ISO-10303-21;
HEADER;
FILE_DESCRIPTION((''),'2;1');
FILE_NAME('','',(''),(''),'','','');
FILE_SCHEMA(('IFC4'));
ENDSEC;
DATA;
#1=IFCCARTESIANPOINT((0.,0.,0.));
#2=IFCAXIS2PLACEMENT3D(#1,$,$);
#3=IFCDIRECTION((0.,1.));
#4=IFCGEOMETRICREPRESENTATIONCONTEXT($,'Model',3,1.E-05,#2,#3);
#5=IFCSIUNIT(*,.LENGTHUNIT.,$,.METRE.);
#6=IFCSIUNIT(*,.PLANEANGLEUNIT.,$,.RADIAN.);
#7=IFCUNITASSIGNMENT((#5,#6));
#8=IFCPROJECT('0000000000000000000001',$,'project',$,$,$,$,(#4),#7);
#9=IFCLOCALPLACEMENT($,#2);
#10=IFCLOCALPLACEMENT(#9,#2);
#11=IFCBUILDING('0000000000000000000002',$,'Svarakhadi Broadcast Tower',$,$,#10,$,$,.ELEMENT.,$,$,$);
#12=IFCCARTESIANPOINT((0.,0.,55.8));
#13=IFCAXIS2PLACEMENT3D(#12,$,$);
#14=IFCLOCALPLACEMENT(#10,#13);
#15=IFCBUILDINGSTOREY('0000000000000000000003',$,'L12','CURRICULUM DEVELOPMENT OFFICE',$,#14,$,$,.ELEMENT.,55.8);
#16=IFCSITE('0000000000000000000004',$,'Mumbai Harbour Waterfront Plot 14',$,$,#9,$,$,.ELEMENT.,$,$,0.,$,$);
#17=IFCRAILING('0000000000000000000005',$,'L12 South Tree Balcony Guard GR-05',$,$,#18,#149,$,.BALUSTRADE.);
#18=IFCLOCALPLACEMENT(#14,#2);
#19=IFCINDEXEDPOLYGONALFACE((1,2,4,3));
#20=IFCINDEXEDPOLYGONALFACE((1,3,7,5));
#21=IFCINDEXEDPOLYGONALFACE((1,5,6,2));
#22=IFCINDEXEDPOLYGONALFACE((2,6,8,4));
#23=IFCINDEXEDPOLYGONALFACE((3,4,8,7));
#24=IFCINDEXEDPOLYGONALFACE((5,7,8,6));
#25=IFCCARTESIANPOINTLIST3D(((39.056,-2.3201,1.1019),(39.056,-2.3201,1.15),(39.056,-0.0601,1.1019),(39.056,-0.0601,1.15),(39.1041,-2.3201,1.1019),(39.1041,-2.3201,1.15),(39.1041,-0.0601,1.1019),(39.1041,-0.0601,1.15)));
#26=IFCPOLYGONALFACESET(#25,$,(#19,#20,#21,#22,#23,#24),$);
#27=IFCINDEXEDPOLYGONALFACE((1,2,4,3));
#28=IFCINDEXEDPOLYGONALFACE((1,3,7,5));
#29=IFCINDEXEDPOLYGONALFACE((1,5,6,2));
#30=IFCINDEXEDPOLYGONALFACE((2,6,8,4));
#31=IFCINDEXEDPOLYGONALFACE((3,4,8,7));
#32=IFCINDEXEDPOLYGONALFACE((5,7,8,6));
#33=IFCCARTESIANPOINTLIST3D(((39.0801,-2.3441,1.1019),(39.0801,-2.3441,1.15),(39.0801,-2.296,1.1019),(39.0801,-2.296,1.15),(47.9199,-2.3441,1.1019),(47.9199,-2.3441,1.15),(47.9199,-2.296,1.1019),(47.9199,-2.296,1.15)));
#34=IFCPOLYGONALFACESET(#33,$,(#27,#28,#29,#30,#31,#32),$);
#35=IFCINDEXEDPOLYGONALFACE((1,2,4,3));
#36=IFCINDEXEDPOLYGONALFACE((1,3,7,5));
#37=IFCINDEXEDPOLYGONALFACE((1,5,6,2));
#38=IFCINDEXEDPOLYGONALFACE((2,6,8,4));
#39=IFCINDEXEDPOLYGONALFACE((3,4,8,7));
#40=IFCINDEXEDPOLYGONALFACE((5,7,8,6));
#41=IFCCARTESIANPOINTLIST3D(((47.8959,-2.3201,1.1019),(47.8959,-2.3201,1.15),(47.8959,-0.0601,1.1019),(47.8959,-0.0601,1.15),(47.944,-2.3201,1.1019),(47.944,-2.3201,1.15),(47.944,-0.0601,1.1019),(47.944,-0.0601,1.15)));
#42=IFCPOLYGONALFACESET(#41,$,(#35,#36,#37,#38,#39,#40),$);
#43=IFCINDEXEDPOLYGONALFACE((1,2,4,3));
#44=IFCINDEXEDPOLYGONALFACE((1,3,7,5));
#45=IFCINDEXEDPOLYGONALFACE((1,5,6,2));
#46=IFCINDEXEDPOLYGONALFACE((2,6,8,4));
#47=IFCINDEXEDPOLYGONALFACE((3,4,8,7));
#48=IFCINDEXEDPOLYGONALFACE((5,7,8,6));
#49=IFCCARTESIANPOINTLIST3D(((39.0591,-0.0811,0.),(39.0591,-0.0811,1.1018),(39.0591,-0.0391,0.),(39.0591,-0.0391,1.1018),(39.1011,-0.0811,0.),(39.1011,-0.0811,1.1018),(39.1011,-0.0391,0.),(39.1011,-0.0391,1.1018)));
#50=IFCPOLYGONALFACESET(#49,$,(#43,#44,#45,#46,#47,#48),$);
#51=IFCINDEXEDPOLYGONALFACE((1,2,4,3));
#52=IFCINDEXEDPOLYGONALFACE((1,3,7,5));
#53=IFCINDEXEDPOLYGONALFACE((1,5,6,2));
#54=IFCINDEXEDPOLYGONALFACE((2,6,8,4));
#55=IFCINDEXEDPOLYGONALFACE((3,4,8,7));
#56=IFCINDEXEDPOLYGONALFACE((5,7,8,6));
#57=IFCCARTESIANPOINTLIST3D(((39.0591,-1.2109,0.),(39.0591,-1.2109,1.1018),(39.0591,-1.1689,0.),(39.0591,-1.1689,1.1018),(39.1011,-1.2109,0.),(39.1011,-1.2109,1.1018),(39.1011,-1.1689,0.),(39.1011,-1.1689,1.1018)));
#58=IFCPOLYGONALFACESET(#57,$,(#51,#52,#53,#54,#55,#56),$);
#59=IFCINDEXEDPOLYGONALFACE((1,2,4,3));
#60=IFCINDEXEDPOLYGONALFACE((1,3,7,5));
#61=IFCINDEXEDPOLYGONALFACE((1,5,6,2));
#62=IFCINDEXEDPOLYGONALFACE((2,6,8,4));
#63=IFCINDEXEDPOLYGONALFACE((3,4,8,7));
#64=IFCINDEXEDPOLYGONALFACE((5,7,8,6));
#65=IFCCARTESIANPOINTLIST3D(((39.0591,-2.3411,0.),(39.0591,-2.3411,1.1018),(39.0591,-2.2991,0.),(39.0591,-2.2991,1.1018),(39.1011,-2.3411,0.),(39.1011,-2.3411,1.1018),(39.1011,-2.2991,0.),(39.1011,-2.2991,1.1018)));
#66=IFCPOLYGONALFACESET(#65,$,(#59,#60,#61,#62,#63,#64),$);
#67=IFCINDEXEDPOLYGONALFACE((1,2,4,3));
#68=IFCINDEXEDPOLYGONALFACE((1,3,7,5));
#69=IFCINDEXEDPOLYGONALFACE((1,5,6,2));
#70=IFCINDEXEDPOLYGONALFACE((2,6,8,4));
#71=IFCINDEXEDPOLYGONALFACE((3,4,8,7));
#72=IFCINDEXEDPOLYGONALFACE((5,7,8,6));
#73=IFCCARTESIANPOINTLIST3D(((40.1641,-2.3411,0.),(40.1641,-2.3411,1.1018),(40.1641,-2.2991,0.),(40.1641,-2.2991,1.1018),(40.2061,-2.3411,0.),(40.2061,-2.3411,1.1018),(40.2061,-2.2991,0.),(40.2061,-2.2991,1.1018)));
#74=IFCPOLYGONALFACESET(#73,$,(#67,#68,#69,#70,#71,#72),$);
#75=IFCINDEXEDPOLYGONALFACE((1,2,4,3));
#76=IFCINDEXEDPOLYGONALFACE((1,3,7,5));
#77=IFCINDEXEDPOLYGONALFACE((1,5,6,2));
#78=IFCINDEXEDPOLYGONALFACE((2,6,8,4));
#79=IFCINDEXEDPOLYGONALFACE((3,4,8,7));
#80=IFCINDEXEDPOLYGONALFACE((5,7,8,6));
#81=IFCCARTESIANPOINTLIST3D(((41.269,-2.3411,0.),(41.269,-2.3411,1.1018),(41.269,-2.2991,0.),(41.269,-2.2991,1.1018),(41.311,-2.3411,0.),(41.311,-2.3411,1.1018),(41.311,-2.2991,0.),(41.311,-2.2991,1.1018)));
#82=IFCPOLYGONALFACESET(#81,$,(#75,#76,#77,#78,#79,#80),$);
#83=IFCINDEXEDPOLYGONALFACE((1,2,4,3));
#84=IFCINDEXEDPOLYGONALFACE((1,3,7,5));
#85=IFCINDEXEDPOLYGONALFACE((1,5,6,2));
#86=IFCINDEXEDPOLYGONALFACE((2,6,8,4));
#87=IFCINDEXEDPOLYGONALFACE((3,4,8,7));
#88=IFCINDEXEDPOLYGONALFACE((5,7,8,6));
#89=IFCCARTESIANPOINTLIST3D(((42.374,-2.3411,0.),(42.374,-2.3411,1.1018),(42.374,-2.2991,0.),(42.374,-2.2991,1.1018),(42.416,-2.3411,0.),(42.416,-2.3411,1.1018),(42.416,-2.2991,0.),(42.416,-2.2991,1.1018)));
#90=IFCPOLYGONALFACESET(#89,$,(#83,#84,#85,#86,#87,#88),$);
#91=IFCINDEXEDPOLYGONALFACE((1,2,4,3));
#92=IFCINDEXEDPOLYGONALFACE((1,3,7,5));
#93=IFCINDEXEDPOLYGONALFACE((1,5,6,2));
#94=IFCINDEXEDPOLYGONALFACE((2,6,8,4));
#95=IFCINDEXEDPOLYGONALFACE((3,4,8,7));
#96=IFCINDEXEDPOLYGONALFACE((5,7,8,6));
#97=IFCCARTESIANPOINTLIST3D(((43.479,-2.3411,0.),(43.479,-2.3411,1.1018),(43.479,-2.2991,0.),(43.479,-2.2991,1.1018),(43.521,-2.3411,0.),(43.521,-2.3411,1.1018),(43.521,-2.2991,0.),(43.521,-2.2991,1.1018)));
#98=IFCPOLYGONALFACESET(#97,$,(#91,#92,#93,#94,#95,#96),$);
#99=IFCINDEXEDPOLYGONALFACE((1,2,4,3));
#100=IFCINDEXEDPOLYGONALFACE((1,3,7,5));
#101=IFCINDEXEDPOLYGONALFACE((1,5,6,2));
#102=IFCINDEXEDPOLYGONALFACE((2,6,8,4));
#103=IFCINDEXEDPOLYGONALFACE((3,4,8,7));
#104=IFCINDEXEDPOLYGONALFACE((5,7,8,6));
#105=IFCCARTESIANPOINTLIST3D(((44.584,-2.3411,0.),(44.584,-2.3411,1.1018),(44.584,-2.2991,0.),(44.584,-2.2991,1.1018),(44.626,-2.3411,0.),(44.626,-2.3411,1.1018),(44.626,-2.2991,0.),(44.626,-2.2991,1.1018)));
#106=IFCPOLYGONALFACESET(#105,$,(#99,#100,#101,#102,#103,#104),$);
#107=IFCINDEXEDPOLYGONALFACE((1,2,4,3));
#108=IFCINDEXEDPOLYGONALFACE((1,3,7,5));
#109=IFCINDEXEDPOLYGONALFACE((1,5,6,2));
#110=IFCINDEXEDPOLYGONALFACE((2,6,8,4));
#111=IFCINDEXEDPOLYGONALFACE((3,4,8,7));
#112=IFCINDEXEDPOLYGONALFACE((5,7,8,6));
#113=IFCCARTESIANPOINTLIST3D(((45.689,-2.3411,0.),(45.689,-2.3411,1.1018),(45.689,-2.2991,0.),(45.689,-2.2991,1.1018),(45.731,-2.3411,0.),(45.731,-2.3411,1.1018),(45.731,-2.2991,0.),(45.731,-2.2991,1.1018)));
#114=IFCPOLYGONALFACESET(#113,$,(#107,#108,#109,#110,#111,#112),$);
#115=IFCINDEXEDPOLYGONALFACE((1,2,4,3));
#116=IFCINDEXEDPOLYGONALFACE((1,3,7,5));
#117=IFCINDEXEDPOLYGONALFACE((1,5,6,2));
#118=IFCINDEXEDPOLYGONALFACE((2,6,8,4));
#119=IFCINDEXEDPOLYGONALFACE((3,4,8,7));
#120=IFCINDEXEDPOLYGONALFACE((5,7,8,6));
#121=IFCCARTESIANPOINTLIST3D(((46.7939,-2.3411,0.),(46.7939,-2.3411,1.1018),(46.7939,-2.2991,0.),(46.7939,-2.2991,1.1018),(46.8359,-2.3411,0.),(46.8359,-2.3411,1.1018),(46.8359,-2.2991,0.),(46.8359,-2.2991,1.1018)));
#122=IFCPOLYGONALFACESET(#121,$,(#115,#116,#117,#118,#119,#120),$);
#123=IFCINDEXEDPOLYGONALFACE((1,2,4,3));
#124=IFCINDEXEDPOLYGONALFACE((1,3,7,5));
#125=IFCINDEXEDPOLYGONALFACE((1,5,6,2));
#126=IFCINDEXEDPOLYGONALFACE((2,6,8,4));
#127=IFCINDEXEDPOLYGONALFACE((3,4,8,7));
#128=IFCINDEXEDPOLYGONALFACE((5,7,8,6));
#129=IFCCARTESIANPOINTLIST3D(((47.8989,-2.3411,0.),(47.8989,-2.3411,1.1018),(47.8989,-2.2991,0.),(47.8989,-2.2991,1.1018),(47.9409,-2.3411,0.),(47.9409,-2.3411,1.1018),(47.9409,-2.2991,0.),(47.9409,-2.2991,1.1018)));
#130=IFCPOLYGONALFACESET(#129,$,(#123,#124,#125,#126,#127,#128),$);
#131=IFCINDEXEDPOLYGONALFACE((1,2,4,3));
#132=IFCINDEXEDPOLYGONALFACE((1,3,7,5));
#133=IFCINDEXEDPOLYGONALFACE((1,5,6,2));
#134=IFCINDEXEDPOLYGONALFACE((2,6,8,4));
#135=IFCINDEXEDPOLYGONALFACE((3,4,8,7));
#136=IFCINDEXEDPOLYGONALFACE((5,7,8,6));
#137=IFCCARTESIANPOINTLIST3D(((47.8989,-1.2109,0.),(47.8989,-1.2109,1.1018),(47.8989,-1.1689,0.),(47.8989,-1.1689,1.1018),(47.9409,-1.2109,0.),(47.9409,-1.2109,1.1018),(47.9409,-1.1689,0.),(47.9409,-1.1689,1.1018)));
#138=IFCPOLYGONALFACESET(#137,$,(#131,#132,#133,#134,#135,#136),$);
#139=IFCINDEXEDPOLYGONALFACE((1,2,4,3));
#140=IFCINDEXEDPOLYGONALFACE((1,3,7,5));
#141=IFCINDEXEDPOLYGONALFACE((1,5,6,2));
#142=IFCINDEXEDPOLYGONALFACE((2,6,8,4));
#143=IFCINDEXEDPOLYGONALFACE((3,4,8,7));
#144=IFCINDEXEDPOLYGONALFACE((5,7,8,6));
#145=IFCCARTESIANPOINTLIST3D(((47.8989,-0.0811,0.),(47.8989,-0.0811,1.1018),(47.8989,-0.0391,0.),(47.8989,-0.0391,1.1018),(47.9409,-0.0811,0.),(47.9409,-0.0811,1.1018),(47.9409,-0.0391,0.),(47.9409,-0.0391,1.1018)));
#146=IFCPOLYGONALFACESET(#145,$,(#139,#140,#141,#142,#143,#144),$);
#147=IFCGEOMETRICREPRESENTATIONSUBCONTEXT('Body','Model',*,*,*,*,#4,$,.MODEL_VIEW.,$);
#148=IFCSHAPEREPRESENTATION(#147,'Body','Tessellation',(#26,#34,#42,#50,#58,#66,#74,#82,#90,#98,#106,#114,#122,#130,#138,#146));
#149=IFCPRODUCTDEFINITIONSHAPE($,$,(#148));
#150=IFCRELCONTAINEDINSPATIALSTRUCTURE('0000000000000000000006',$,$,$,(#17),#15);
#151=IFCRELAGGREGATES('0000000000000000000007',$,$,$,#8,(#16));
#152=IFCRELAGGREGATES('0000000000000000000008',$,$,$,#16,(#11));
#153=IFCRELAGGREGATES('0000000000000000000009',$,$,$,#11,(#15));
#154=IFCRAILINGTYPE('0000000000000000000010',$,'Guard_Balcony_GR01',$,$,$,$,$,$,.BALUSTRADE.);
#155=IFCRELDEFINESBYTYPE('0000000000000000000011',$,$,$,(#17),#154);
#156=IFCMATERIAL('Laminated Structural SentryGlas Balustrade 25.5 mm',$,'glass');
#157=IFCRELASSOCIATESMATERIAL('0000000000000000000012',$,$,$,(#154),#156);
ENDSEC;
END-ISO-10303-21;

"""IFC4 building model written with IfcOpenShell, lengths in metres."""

from ifc_helpers import new_model, si_unit, direction, frame, origin, origin_2d, place, context, subcontext, project, spatial, rectangle, extrude, material, type_object, element, save


model = new_model("IFC4")

# Units and contexts
model_context = context("Model", 3, precision=1e-05, world=origin(), true_north=direction((0.0, 1.0)))
body_context = subcontext(model_context, "Body", "Model", "MODEL_VIEW")
ifc_project = project(units=[si_unit("LENGTHUNIT", "METRE"), si_unit("PLANEANGLEUNIT", "RADIAN")], contexts=[model_context])

# Site, building, storey
site_placement = place(None, origin())
site = spatial("IfcSite", under=ifc_project, at=site_placement, Name="Mumbai Harbour Waterfront Plot 14", CompositionType="ELEMENT", RefElevation=0.0)
building_placement = place(site_placement, origin())
building = spatial("IfcBuilding", under=site, at=building_placement, Name="Svarakhadi Broadcast Tower", CompositionType="ELEMENT")
storey_placement = place(building_placement, frame((0.0, 0.0, 55.8)))
storey = spatial("IfcBuildingStorey", under=building, at=storey_placement, Name="L12", Description="CURRICULUM DEVELOPMENT OFFICE", CompositionType="ELEMENT", Elevation=55.8)

# Railing
ifc_material_1 = material(Name="Laminated Structural SentryGlas Balustrade 25.5 mm", Category="glass")
railing_type = type_object("IfcRailingType", Name="Guard_Balcony_GR01", PredefinedType="BALUSTRADE", material=ifc_material_1)
railing_placement = place(storey_placement, frame((39.0801, -0.0601, 0.0)))
element("IfcRailing", 1, at=railing_placement, inside=storey, type_object=railing_type, Name="L12 South Tree Balcony Guard GR-05", PredefinedType="BALUSTRADE", context=body_context, shape_type="SweptSolid", body=[
    extrude(rectangle(XDim=0.0481, YDim=0.0481, at=origin_2d()), frame((0.0, 0.0, 1.126), z_axis=(0.0, -1.0, 0.0), x_axis=(1.0, 0.0, 0.0)), (0.0, 0.0, 1.0), 2.26),
    extrude(rectangle(XDim=0.0481, YDim=0.0481, at=origin_2d()), frame((0.0, -2.26, 1.126), z_axis=(1.0, 0.0, 0.0), x_axis=(0.0, 1.0, 0.0)), (0.0, 0.0, 1.0), 8.8398),
    extrude(rectangle(XDim=0.0481, YDim=0.0481, at=origin_2d()), frame((8.8398, -2.26, 1.126), z_axis=(0.0, 1.0, 0.0), x_axis=(-1.0, 0.0, 0.0)), (0.0, 0.0, 1.0), 2.26),
    extrude(rectangle(XDim=0.042, YDim=0.042, at=origin_2d()), origin(), (0.0, 0.0, 1.0), 1.1018),
    extrude(rectangle(XDim=0.042, YDim=0.042, at=origin_2d()), frame((0.0, -1.1299, 0.0)), (0.0, 0.0, 1.0), 1.1018),
    extrude(rectangle(XDim=0.042, YDim=0.042, at=origin_2d()), frame((0.0, -2.26, 0.0)), (0.0, 0.0, 1.0), 1.1018),
    extrude(rectangle(XDim=0.042, YDim=0.042, at=origin_2d()), frame((1.105, -2.26, 0.0)), (0.0, 0.0, 1.0), 1.1018),
    extrude(rectangle(XDim=0.042, YDim=0.042, at=origin_2d()), frame((2.21, -2.26, 0.0)), (0.0, 0.0, 1.0), 1.1018),
    extrude(rectangle(XDim=0.042, YDim=0.042, at=origin_2d()), frame((3.3149, -2.26, 0.0)), (0.0, 0.0, 1.0), 1.1018),
    extrude(rectangle(XDim=0.042, YDim=0.042, at=origin_2d()), frame((4.4199, -2.26, 0.0)), (0.0, 0.0, 1.0), 1.1018),
    extrude(rectangle(XDim=0.042, YDim=0.042, at=origin_2d()), frame((5.5249, -2.26, 0.0)), (0.0, 0.0, 1.0), 1.1018),
    extrude(rectangle(XDim=0.042, YDim=0.042, at=origin_2d()), frame((6.6299, -2.26, 0.0)), (0.0, 0.0, 1.0), 1.1018),
    extrude(rectangle(XDim=0.042, YDim=0.042, at=origin_2d()), frame((7.7349, -2.26, 0.0)), (0.0, 0.0, 1.0), 1.1018),
    extrude(rectangle(XDim=0.042, YDim=0.042, at=origin_2d()), frame((8.8398, -2.26, 0.0)), (0.0, 0.0, 1.0), 1.1018),
    extrude(rectangle(XDim=0.042, YDim=0.042, at=origin_2d()), frame((8.8398, -1.1299, 0.0)), (0.0, 0.0, 1.0), 1.1018),
    extrude(rectangle(XDim=0.042, YDim=0.042, at=origin_2d()), frame((8.8398, 0.0, 0.0)), (0.0, 0.0, 1.0), 1.1018),
])

save(model, "model.ifc")
